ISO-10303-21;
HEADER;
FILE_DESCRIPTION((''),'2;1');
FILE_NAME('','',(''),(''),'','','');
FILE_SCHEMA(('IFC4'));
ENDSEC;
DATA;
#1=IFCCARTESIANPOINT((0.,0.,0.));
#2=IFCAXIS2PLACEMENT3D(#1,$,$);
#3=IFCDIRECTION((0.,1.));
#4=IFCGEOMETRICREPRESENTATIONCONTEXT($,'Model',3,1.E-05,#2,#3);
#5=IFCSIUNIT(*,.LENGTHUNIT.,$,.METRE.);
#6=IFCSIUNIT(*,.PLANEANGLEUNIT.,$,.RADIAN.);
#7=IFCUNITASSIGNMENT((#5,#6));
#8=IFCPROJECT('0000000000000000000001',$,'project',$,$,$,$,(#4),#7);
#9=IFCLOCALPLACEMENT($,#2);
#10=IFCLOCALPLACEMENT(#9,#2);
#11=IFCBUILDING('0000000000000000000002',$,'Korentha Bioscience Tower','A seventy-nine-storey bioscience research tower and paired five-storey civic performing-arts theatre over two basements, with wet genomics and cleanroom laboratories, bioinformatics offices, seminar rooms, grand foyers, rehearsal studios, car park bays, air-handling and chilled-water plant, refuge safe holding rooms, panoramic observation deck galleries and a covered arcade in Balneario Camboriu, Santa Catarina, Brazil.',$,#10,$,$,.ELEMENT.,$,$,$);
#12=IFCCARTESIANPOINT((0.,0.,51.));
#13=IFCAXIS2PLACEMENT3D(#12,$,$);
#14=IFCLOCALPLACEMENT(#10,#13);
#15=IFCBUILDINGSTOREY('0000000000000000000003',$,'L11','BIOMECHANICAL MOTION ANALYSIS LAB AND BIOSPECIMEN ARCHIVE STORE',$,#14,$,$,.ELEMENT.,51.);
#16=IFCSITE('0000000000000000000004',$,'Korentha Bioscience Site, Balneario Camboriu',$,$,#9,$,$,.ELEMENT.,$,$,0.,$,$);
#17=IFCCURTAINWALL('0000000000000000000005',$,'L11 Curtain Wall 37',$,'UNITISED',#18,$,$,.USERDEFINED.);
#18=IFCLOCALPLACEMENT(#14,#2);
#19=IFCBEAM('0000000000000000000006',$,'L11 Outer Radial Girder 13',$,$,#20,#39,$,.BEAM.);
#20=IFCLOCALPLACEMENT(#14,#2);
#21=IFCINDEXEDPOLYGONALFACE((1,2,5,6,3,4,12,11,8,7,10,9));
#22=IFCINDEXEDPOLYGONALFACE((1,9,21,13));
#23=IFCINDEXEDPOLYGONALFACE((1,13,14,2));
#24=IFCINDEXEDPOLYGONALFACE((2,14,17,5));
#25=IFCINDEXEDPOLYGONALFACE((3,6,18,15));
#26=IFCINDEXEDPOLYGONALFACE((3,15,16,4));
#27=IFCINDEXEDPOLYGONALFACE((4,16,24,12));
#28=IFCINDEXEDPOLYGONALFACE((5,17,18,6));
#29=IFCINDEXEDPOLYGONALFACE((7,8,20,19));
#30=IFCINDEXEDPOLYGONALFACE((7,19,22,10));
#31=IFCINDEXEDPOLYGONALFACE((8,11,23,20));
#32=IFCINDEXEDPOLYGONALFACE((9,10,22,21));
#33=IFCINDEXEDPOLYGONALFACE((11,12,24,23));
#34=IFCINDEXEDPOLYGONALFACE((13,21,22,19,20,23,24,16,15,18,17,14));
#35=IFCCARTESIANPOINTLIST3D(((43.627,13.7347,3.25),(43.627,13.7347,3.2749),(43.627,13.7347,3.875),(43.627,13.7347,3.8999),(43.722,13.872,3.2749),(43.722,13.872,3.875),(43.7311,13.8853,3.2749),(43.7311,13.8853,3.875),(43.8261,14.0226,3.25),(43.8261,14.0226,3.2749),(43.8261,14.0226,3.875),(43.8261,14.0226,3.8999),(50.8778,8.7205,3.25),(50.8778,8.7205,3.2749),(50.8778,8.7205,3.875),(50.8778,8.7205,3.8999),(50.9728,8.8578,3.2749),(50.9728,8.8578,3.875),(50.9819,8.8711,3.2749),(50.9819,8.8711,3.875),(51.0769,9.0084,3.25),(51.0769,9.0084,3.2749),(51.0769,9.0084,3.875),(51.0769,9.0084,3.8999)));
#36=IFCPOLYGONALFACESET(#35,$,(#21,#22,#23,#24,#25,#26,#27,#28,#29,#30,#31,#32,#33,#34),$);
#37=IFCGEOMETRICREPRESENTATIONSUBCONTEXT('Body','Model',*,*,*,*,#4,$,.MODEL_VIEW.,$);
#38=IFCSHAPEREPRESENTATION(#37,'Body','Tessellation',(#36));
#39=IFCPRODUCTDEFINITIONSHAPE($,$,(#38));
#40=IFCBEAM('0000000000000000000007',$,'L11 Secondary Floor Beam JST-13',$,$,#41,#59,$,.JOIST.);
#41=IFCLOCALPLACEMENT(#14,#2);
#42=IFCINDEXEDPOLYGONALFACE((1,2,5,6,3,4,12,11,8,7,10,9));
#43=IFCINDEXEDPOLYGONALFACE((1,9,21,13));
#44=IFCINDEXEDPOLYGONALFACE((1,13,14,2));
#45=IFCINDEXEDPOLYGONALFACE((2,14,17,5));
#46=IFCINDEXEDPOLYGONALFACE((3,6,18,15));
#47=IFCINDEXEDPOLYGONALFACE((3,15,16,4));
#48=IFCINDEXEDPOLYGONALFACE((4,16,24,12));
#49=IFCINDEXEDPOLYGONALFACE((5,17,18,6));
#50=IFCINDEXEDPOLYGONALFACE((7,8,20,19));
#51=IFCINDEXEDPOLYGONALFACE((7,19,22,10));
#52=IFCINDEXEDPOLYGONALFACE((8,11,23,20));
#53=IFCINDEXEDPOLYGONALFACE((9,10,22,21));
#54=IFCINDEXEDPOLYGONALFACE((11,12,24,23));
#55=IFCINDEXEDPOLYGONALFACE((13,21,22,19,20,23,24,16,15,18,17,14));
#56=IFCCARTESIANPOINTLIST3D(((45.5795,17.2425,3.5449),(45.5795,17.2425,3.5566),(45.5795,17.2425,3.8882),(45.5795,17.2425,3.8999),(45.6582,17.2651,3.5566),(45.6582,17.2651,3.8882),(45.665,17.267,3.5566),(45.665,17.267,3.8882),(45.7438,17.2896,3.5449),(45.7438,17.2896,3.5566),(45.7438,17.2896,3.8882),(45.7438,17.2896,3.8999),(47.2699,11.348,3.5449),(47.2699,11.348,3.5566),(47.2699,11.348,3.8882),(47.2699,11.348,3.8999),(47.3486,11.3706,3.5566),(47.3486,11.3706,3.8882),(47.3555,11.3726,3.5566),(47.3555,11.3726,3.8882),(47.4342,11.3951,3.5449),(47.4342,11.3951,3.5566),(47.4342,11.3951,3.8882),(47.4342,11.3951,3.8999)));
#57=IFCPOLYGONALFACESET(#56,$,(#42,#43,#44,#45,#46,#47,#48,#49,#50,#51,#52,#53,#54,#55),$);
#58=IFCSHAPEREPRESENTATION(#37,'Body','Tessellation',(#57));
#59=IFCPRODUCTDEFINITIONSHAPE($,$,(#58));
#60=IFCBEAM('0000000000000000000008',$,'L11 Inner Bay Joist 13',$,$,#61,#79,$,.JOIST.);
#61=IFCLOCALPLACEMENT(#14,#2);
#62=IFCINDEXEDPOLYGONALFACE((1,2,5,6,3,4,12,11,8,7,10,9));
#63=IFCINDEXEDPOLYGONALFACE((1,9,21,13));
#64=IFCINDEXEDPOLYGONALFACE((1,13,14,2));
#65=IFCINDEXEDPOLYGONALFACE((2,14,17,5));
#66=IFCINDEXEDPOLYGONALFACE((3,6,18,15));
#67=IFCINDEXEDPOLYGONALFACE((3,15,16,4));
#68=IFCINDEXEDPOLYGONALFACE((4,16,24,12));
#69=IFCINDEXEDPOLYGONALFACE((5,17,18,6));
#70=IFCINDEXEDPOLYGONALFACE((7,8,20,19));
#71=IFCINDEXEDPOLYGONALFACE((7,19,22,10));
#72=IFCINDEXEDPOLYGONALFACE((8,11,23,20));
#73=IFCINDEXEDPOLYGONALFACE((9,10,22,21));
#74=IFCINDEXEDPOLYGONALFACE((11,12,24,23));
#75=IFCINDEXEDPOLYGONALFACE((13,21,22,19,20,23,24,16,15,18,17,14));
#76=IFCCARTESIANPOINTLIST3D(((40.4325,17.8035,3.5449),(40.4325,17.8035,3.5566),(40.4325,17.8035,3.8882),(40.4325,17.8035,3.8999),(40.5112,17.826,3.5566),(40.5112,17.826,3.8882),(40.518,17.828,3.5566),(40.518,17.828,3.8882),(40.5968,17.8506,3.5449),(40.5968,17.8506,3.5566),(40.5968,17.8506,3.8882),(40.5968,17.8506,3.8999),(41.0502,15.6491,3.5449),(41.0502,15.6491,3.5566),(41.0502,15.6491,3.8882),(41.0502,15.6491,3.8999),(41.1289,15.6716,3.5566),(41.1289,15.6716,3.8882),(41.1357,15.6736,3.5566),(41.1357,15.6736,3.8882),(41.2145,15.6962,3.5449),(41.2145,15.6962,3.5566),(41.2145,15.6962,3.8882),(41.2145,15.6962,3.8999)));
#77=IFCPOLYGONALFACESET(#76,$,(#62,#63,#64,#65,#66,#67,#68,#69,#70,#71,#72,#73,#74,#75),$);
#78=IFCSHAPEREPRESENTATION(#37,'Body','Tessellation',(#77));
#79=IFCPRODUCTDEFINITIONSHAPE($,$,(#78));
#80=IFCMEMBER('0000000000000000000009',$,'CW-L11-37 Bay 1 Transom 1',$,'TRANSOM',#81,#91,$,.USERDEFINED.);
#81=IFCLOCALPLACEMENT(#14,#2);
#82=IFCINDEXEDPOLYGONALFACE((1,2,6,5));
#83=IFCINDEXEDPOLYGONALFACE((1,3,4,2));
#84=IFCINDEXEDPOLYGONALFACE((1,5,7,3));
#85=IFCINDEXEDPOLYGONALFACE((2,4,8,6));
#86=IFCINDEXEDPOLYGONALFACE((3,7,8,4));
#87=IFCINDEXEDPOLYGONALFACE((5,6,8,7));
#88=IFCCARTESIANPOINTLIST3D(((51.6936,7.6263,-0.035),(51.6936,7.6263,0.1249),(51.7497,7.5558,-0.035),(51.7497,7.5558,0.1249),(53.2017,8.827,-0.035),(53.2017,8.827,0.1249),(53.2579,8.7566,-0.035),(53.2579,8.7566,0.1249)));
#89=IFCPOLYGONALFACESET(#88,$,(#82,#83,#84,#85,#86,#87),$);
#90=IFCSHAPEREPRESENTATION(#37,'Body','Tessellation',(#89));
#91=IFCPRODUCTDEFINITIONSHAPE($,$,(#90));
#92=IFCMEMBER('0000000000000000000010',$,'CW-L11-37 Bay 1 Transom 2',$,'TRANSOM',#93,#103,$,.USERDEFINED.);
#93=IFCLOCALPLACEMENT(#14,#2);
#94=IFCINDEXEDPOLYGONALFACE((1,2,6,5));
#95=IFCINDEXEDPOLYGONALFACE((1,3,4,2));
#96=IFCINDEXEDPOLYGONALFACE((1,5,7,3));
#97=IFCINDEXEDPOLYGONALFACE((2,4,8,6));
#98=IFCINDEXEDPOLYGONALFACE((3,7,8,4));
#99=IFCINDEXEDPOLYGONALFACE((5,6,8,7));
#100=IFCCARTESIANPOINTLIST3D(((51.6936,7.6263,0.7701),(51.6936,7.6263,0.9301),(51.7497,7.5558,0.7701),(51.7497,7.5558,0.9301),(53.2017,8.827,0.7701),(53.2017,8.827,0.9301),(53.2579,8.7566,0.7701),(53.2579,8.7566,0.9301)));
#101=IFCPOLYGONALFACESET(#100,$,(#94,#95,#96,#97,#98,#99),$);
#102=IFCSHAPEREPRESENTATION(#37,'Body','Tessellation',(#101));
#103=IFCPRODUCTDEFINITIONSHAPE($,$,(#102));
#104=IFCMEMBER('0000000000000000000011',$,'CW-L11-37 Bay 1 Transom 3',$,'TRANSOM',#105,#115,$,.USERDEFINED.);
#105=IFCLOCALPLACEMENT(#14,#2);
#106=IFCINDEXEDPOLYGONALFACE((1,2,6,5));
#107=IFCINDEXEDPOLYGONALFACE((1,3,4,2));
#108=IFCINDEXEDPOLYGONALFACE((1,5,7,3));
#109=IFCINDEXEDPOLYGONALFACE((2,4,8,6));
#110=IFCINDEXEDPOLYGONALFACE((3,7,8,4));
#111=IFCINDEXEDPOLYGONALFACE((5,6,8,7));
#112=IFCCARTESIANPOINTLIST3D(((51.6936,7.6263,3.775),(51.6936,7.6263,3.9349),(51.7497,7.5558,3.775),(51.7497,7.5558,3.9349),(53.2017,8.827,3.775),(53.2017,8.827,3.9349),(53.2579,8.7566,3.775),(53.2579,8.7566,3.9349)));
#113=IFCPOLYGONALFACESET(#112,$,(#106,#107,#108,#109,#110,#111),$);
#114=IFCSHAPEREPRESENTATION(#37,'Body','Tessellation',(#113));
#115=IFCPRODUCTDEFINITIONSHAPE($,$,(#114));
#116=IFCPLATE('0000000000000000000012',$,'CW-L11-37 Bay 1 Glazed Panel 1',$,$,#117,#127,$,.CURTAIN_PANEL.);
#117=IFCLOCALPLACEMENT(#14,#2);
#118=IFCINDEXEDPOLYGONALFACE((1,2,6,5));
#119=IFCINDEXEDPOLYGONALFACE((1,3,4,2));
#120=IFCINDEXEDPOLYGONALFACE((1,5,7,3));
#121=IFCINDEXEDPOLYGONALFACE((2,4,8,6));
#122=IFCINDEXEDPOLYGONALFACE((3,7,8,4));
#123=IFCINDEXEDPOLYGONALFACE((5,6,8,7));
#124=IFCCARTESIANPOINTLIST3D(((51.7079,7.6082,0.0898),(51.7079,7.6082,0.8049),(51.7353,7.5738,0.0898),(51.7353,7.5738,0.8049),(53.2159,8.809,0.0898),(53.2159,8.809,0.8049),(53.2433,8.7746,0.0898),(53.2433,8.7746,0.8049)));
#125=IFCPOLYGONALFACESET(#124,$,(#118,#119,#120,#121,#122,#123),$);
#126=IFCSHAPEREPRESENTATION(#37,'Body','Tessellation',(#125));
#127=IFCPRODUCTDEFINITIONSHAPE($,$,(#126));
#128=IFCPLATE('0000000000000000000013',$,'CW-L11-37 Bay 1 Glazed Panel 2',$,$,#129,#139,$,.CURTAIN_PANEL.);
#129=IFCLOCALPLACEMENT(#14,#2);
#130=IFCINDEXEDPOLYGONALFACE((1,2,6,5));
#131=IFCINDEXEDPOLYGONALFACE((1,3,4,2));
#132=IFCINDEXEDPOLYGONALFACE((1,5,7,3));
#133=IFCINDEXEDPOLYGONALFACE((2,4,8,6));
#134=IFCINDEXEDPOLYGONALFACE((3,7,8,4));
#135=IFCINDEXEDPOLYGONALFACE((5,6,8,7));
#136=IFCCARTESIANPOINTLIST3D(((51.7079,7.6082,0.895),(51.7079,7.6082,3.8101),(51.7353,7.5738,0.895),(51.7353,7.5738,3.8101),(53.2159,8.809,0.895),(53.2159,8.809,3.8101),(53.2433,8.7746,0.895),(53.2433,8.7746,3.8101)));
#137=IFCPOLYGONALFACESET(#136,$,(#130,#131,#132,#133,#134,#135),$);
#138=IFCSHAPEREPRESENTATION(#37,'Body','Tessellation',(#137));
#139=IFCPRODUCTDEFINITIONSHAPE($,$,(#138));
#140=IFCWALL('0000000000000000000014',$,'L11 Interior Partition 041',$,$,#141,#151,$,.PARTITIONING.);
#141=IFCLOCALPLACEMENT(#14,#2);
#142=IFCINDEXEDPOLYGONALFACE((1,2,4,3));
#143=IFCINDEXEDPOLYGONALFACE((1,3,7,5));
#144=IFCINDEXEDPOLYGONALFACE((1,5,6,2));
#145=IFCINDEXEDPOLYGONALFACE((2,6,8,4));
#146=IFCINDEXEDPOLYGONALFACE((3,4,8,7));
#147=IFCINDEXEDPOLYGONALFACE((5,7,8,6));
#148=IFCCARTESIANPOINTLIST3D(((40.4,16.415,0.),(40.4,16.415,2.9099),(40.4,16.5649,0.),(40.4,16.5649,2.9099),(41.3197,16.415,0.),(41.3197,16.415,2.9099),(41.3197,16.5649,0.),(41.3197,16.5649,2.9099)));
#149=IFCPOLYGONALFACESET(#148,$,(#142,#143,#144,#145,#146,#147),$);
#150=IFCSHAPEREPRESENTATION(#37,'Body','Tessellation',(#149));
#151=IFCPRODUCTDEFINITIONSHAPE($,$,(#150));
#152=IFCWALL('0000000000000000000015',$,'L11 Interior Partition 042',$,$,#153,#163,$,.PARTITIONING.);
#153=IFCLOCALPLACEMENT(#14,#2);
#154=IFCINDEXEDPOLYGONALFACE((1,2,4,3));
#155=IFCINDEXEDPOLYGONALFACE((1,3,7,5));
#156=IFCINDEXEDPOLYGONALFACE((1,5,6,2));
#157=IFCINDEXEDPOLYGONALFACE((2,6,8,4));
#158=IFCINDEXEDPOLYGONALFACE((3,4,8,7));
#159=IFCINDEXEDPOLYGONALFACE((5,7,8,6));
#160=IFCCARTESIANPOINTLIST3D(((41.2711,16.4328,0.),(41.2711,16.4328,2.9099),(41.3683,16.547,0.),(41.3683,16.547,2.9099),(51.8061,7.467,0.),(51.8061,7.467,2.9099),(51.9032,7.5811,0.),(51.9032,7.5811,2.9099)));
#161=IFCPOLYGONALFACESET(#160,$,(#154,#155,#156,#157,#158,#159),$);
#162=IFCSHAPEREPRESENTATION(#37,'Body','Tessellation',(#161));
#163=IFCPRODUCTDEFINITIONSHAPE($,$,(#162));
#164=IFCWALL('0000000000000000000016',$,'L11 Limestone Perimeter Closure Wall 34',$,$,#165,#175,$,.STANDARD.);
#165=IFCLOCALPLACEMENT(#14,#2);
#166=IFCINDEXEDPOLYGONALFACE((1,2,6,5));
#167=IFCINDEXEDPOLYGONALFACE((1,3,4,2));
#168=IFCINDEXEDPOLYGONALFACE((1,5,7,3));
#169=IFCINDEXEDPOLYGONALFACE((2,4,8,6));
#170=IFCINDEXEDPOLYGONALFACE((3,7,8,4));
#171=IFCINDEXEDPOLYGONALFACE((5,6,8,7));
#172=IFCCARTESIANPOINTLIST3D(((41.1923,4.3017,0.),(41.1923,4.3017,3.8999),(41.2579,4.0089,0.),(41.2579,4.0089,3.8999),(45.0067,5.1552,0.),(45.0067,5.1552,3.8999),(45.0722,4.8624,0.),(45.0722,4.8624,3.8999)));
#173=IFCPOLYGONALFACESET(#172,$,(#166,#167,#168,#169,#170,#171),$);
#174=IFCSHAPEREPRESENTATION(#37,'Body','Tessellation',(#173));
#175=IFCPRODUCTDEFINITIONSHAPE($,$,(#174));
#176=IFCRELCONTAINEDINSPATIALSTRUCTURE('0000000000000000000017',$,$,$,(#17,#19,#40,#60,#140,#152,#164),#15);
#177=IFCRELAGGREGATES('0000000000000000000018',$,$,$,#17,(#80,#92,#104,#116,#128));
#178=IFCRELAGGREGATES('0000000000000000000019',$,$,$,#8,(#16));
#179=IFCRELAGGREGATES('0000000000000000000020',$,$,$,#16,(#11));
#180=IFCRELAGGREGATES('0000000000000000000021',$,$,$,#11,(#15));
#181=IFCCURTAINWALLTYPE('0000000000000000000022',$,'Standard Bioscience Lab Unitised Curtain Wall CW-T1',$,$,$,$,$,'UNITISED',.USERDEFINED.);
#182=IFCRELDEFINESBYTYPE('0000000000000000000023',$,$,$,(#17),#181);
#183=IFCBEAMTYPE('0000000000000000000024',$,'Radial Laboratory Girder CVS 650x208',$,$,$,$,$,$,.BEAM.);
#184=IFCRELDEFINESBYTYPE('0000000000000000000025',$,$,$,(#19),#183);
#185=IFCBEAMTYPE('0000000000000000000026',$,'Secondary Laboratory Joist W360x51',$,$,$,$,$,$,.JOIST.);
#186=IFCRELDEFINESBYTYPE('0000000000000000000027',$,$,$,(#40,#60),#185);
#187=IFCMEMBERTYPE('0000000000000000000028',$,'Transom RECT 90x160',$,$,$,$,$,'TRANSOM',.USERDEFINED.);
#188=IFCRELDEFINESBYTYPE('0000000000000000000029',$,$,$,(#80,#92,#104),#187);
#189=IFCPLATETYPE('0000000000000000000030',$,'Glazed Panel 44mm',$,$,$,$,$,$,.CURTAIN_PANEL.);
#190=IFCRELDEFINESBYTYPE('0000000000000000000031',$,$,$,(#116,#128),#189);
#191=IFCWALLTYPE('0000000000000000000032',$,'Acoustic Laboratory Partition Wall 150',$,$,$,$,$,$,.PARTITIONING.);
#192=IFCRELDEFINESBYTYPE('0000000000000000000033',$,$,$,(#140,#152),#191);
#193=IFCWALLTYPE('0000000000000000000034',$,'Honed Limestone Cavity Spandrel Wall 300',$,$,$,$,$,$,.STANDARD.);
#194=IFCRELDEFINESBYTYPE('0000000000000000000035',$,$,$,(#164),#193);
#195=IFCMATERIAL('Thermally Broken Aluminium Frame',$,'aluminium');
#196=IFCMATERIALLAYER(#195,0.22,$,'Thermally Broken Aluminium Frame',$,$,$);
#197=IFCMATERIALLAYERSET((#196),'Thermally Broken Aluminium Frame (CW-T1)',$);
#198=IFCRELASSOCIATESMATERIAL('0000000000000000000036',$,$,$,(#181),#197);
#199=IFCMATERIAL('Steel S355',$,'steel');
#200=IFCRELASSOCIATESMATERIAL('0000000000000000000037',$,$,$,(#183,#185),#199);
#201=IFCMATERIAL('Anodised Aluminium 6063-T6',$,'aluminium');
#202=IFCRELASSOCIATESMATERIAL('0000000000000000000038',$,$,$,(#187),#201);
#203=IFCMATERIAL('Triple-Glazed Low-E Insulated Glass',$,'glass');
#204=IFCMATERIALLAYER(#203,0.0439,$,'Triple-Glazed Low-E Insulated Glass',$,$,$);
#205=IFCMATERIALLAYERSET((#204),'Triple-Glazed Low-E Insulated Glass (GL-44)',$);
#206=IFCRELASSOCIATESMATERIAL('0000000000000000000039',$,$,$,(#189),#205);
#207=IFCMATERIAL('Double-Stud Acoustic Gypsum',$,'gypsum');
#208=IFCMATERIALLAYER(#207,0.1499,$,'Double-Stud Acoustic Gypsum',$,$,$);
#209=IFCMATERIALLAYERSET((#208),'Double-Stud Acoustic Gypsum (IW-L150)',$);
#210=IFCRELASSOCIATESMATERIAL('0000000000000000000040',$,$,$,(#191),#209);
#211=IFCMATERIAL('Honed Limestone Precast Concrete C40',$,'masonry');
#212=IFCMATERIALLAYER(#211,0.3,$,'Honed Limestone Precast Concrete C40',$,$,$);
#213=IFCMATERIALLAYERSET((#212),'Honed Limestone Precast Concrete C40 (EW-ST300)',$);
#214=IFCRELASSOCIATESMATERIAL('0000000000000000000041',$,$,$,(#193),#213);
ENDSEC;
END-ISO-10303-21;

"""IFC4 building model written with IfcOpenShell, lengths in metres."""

from ifc_helpers import new_model, si_unit, direction, frame, frame_2d, origin, origin_2d, place, context, subcontext, project, spatial, rectangle, i_section, extrude, material, layer, layer_set, material_profile, profile_set, type_object, element, aggregate, save


model = new_model("IFC4")

# Units and contexts
model_context = context("Model", 3, precision=1e-05, world=origin(), true_north=direction((0.0, 1.0)))
body_context = subcontext(model_context, "Body", "Model", "MODEL_VIEW")
ifc_project = project(units=[si_unit("LENGTHUNIT", "METRE"), si_unit("PLANEANGLEUNIT", "RADIAN")], contexts=[model_context])

# Site, building, storey
site_placement = place(None, origin())
site = spatial("IfcSite", under=ifc_project, at=site_placement, Name="Korentha Bioscience Site, Balneario Camboriu", CompositionType="ELEMENT", RefElevation=0.0)
building_placement = place(site_placement, origin())
building = spatial("IfcBuilding", under=site, at=building_placement, Name="Korentha Bioscience Tower", Description="A seventy-nine-storey bioscience research tower and paired five-storey civic performing-arts theatre over two basements, with wet genomics and cleanroom laboratories, bioinformatics offices, seminar rooms, grand foyers, rehearsal studios, car park bays, air-handling and chilled-water plant, refuge safe holding rooms, panoramic observation deck galleries and a covered arcade in Balneario Camboriu, Santa Catarina, Brazil.", CompositionType="ELEMENT")
storey_placement = place(building_placement, frame((0.0, 0.0, 51.0)))
storey = spatial("IfcBuildingStorey", under=building, at=storey_placement, Name="L11", Description="BIOMECHANICAL MOTION ANALYSIS LAB AND BIOSPECIMEN ARCHIVE STORE", CompositionType="ELEMENT", Elevation=51.0)

# Shared definitions
ifc_material_1 = material(Name="Steel S355", Category="steel")

# Curtain wall
ifc_material_2 = material(Name="Thermally Broken Aluminium Frame", Category="aluminium")
ifc_layer_1 = layer(ifc_material_2, 0.22, Name="Thermally Broken Aluminium Frame")
ifc_layer_set_1 = layer_set([ifc_layer_1], Name="Thermally Broken Aluminium Frame (CW-T1)")
curtain_wall_type = type_object("IfcCurtainWallType", Name="Standard Bioscience Lab Unitised Curtain Wall CW-T1", ElementType="UNITISED", PredefinedType="USERDEFINED", material=ifc_layer_set_1)
curtain_wall_placement = place(storey_placement, origin())
curtain_wall = element("IfcCurtainWall", 1, at=curtain_wall_placement, inside=storey, type_object=curtain_wall_type, Name="L11 Curtain Wall 37", ObjectType="UNITISED", PredefinedType="USERDEFINED")
ifc_material_3 = material(Name="Anodised Aluminium 6063-T6", Category="aluminium")

# Beams
ifc_material_profile_1 = material_profile(ifc_material_1, i_section(OverallWidth=0.3501, OverallDepth=0.6499, WebThickness=0.0161, FlangeThickness=0.0249, at=origin_2d()), Name="Steel S355")
ifc_profile_set_1 = profile_set([ifc_material_profile_1], Name="Steel S355 (RB-650)")
beam_type_1 = type_object("IfcBeamType", Name="Radial Laboratory Girder CVS 650x208", PredefinedType="BEAM", material=ifc_profile_set_1)
beam_1_placement = place(storey_placement, frame((43.7266, 13.8787, 3.575), z_axis=(0.822488, -0.568782, 0.0), x_axis=(0.568782, 0.822488, 0.0)))
element("IfcBeam", 2, at=beam_1_placement, inside=storey, type_object=beam_type_1, Name="L11 Outer Radial Girder 13", PredefinedType="BEAM", context=body_context, shape_type="SweptSolid", body=[
    extrude(i_section(OverallWidth=0.3501, OverallDepth=0.6499, WebThickness=0.0161, FlangeThickness=0.0249, at=origin_2d()), origin(), (0.0, 0.0, 1.0), 8.8157),
])
ifc_material_profile_2 = material_profile(ifc_material_1, i_section(OverallWidth=0.1709, OverallDepth=0.355, WebThickness=0.0071, FlangeThickness=0.0117, at=origin_2d()), Name="Steel S355")
ifc_profile_set_2 = profile_set([ifc_material_profile_2], Name="Steel S355 (JB-360)")
beam_type_2 = type_object("IfcBeamType", Name="Secondary Laboratory Joist W360x51", PredefinedType="JOIST", material=ifc_profile_set_2)
beam_2_placement = place(storey_placement, frame((47.3521, 11.3716, 3.7224), z_axis=(-0.275668, 0.961253, 0.0), x_axis=(-0.961253, -0.275668, 0.0)))
element("IfcBeam", 3, at=beam_2_placement, inside=storey, type_object=beam_type_2, Name="L11 Secondary Floor Beam JST-13", PredefinedType="JOIST", context=body_context, shape_type="SweptSolid", body=[
    extrude(i_section(OverallWidth=0.1709, OverallDepth=0.355, WebThickness=0.0071, FlangeThickness=0.0117, at=origin_2d()), origin(), (0.0, 0.0, 1.0), 6.1321),
])
beam_3_placement = place(storey_placement, frame((41.1323, 15.6726, 3.7224), z_axis=(-0.275613, 0.961269, 0.0), x_axis=(-0.961269, -0.275613, 0.0)))
element("IfcBeam", 4, at=beam_3_placement, inside=storey, type_object=beam_type_2, Name="L11 Inner Bay Joist 13", PredefinedType="JOIST", context=body_context, shape_type="SweptSolid", body=[
    extrude(i_section(OverallWidth=0.1709, OverallDepth=0.355, WebThickness=0.0071, FlangeThickness=0.0117, at=origin_2d()), origin(), (0.0, 0.0, 1.0), 2.2412),
])

# Members
ifc_material_profile_3 = material_profile(ifc_material_3, rectangle(XDim=0.0901, YDim=0.1599, at=origin_2d()), Name="Anodised Aluminium 6063-T6")
ifc_profile_set_3 = profile_set([ifc_material_profile_3], Name="Anodised Aluminium 6063-T6 (CW-TRN)")
member_type_1 = type_object("IfcMemberType", Name="Transom RECT 90x160", ElementType="TRANSOM", PredefinedType="USERDEFINED", material=ifc_profile_set_3)
member_1_placement = place(storey_placement, frame((51.7217, 7.5911, 0.0449), z_axis=(0.782325, 0.622871, 0.0), x_axis=(-0.622871, 0.782325, 0.0)))
member_1 = element("IfcMember", 5, at=member_1_placement, type_object=member_type_1, Name="CW-L11-37 Bay 1 Transom 1", ObjectType="TRANSOM", PredefinedType="USERDEFINED", context=body_context, shape_type="SweptSolid", body=[
    extrude(rectangle(XDim=0.0901, YDim=0.1599, at=origin_2d()), origin(), (0.0, 0.0, 1.0), 1.9277),
])
member_2_placement = place(storey_placement, frame((51.7217, 7.5911, 0.8501), z_axis=(0.782325, 0.622871, 0.0), x_axis=(-0.622871, 0.782325, 0.0)))
member_2 = element("IfcMember", 6, at=member_2_placement, type_object=member_type_1, Name="CW-L11-37 Bay 1 Transom 2", ObjectType="TRANSOM", PredefinedType="USERDEFINED", context=body_context, shape_type="SweptSolid", body=[
    extrude(rectangle(XDim=0.0901, YDim=0.1599, at=origin_2d()), origin(), (0.0, 0.0, 1.0), 1.9277),
])
member_3_placement = place(storey_placement, frame((51.7217, 7.5911, 3.855), z_axis=(0.782325, 0.622871, 0.0), x_axis=(-0.622871, 0.782325, 0.0)))
member_3 = element("IfcMember", 7, at=member_3_placement, type_object=member_type_1, Name="CW-L11-37 Bay 1 Transom 3", ObjectType="TRANSOM", PredefinedType="USERDEFINED", context=body_context, shape_type="SweptSolid", body=[
    extrude(rectangle(XDim=0.0901, YDim=0.1599, at=origin_2d()), origin(), (0.0, 0.0, 1.0), 1.9277),
])

# Plates
ifc_material_4 = material(Name="Triple-Glazed Low-E Insulated Glass", Category="glass")
ifc_layer_2 = layer(ifc_material_4, 0.0439, Name="Triple-Glazed Low-E Insulated Glass")
ifc_layer_set_2 = layer_set([ifc_layer_2], Name="Triple-Glazed Low-E Insulated Glass (GL-44)")
plate_type = type_object("IfcPlateType", Name="Glazed Panel 44mm", PredefinedType="CURTAIN_PANEL", material=ifc_layer_set_2)
plate_1_placement = place(storey_placement, frame((52.4756, 8.1914, 0.0898), z_axis=(0.0, 0.0, 1.0), x_axis=(0.782288, 0.622917, 0.0)))
plate_1 = element("IfcPlate", 8, at=plate_1_placement, type_object=plate_type, Name="CW-L11-37 Bay 1 Glazed Panel 1", PredefinedType="CURTAIN_PANEL", context=body_context, shape_type="SweptSolid", body=[
    extrude(rectangle(XDim=1.9277, YDim=0.0439, at=origin_2d()), origin(), (0.0, 0.0, 1.0), 0.7151),
])
plate_2_placement = place(storey_placement, frame((52.4756, 8.1914, 0.895), z_axis=(0.0, 0.0, 1.0), x_axis=(0.782288, 0.622917, 0.0)))
plate_2 = element("IfcPlate", 9, at=plate_2_placement, type_object=plate_type, Name="CW-L11-37 Bay 1 Glazed Panel 2", PredefinedType="CURTAIN_PANEL", context=body_context, shape_type="SweptSolid", body=[
    extrude(rectangle(XDim=1.9277, YDim=0.0439, at=origin_2d()), origin(), (0.0, 0.0, 1.0), 2.915),
])
aggregate(curtain_wall, [member_1, member_2, member_3, plate_1, plate_2])

# Walls
ifc_material_5 = material(Name="Double-Stud Acoustic Gypsum", Category="gypsum")
ifc_layer_3 = layer(ifc_material_5, 0.1499, Name="Double-Stud Acoustic Gypsum")
ifc_layer_set_3 = layer_set([ifc_layer_3], Name="Double-Stud Acoustic Gypsum (IW-L150)")
wall_type_1 = type_object("IfcWallType", Name="Acoustic Laboratory Partition Wall 150", PredefinedType="PARTITIONING", material=ifc_layer_set_3)
wall_1_placement = place(storey_placement, frame((40.3999, 16.49, 0.0), z_axis=(0.0, 0.0, 1.0), x_axis=(1.0, 0.0, 0.0)))
element("IfcWall", 10, at=wall_1_placement, inside=storey, type_object=wall_type_1, Name="L11 Interior Partition 041", PredefinedType="PARTITIONING", context=body_context, shape_type="SweptSolid", body=[
    extrude(rectangle(XDim=0.9197, YDim=0.1499, at=frame_2d((0.46, 0.0))), origin(), (0.0, 0.0, 1.0), 2.9099),
])
wall_2_placement = place(storey_placement, frame((41.3196, 16.49, 0.0), z_axis=(0.0, 0.0, 1.0), x_axis=(0.761542, -0.648116, 0.0)))
element("IfcWall", 11, at=wall_2_placement, inside=storey, type_object=wall_type_1, Name="L11 Interior Partition 042", PredefinedType="PARTITIONING", context=body_context, shape_type="SweptSolid", body=[
    extrude(rectangle(XDim=13.8337, YDim=0.1499, at=frame_2d((6.917, 0.0))), origin(), (0.0, 0.0, 1.0), 2.9099),
])
ifc_material_6 = material(Name="Honed Limestone Precast Concrete C40", Category="masonry")
ifc_layer_4 = layer(ifc_material_6, 0.3, Name="Honed Limestone Precast Concrete C40")
ifc_layer_set_4 = layer_set([ifc_layer_4], Name="Honed Limestone Precast Concrete C40 (EW-ST300)")
wall_type_2 = type_object("IfcWallType", Name="Honed Limestone Cavity Spandrel Wall 300", PredefinedType="STANDARD", material=ifc_layer_set_4)
wall_3_placement = place(storey_placement, frame((41.2251, 4.1553, 0.0), z_axis=(0.0, 0.0, 1.0), x_axis=(0.975869, 0.218359, 0.0)))
element("IfcWall", 12, at=wall_3_placement, inside=storey, type_object=wall_type_2, Name="L11 Limestone Perimeter Closure Wall 34", PredefinedType="STANDARD", context=body_context, shape_type="SweptSolid", body=[
    extrude(rectangle(XDim=3.9087, YDim=0.3, at=frame_2d((1.9543, 0.0))), origin(), (0.0, 0.0, 1.0), 3.8999),
])

save(model, "model.ifc")
